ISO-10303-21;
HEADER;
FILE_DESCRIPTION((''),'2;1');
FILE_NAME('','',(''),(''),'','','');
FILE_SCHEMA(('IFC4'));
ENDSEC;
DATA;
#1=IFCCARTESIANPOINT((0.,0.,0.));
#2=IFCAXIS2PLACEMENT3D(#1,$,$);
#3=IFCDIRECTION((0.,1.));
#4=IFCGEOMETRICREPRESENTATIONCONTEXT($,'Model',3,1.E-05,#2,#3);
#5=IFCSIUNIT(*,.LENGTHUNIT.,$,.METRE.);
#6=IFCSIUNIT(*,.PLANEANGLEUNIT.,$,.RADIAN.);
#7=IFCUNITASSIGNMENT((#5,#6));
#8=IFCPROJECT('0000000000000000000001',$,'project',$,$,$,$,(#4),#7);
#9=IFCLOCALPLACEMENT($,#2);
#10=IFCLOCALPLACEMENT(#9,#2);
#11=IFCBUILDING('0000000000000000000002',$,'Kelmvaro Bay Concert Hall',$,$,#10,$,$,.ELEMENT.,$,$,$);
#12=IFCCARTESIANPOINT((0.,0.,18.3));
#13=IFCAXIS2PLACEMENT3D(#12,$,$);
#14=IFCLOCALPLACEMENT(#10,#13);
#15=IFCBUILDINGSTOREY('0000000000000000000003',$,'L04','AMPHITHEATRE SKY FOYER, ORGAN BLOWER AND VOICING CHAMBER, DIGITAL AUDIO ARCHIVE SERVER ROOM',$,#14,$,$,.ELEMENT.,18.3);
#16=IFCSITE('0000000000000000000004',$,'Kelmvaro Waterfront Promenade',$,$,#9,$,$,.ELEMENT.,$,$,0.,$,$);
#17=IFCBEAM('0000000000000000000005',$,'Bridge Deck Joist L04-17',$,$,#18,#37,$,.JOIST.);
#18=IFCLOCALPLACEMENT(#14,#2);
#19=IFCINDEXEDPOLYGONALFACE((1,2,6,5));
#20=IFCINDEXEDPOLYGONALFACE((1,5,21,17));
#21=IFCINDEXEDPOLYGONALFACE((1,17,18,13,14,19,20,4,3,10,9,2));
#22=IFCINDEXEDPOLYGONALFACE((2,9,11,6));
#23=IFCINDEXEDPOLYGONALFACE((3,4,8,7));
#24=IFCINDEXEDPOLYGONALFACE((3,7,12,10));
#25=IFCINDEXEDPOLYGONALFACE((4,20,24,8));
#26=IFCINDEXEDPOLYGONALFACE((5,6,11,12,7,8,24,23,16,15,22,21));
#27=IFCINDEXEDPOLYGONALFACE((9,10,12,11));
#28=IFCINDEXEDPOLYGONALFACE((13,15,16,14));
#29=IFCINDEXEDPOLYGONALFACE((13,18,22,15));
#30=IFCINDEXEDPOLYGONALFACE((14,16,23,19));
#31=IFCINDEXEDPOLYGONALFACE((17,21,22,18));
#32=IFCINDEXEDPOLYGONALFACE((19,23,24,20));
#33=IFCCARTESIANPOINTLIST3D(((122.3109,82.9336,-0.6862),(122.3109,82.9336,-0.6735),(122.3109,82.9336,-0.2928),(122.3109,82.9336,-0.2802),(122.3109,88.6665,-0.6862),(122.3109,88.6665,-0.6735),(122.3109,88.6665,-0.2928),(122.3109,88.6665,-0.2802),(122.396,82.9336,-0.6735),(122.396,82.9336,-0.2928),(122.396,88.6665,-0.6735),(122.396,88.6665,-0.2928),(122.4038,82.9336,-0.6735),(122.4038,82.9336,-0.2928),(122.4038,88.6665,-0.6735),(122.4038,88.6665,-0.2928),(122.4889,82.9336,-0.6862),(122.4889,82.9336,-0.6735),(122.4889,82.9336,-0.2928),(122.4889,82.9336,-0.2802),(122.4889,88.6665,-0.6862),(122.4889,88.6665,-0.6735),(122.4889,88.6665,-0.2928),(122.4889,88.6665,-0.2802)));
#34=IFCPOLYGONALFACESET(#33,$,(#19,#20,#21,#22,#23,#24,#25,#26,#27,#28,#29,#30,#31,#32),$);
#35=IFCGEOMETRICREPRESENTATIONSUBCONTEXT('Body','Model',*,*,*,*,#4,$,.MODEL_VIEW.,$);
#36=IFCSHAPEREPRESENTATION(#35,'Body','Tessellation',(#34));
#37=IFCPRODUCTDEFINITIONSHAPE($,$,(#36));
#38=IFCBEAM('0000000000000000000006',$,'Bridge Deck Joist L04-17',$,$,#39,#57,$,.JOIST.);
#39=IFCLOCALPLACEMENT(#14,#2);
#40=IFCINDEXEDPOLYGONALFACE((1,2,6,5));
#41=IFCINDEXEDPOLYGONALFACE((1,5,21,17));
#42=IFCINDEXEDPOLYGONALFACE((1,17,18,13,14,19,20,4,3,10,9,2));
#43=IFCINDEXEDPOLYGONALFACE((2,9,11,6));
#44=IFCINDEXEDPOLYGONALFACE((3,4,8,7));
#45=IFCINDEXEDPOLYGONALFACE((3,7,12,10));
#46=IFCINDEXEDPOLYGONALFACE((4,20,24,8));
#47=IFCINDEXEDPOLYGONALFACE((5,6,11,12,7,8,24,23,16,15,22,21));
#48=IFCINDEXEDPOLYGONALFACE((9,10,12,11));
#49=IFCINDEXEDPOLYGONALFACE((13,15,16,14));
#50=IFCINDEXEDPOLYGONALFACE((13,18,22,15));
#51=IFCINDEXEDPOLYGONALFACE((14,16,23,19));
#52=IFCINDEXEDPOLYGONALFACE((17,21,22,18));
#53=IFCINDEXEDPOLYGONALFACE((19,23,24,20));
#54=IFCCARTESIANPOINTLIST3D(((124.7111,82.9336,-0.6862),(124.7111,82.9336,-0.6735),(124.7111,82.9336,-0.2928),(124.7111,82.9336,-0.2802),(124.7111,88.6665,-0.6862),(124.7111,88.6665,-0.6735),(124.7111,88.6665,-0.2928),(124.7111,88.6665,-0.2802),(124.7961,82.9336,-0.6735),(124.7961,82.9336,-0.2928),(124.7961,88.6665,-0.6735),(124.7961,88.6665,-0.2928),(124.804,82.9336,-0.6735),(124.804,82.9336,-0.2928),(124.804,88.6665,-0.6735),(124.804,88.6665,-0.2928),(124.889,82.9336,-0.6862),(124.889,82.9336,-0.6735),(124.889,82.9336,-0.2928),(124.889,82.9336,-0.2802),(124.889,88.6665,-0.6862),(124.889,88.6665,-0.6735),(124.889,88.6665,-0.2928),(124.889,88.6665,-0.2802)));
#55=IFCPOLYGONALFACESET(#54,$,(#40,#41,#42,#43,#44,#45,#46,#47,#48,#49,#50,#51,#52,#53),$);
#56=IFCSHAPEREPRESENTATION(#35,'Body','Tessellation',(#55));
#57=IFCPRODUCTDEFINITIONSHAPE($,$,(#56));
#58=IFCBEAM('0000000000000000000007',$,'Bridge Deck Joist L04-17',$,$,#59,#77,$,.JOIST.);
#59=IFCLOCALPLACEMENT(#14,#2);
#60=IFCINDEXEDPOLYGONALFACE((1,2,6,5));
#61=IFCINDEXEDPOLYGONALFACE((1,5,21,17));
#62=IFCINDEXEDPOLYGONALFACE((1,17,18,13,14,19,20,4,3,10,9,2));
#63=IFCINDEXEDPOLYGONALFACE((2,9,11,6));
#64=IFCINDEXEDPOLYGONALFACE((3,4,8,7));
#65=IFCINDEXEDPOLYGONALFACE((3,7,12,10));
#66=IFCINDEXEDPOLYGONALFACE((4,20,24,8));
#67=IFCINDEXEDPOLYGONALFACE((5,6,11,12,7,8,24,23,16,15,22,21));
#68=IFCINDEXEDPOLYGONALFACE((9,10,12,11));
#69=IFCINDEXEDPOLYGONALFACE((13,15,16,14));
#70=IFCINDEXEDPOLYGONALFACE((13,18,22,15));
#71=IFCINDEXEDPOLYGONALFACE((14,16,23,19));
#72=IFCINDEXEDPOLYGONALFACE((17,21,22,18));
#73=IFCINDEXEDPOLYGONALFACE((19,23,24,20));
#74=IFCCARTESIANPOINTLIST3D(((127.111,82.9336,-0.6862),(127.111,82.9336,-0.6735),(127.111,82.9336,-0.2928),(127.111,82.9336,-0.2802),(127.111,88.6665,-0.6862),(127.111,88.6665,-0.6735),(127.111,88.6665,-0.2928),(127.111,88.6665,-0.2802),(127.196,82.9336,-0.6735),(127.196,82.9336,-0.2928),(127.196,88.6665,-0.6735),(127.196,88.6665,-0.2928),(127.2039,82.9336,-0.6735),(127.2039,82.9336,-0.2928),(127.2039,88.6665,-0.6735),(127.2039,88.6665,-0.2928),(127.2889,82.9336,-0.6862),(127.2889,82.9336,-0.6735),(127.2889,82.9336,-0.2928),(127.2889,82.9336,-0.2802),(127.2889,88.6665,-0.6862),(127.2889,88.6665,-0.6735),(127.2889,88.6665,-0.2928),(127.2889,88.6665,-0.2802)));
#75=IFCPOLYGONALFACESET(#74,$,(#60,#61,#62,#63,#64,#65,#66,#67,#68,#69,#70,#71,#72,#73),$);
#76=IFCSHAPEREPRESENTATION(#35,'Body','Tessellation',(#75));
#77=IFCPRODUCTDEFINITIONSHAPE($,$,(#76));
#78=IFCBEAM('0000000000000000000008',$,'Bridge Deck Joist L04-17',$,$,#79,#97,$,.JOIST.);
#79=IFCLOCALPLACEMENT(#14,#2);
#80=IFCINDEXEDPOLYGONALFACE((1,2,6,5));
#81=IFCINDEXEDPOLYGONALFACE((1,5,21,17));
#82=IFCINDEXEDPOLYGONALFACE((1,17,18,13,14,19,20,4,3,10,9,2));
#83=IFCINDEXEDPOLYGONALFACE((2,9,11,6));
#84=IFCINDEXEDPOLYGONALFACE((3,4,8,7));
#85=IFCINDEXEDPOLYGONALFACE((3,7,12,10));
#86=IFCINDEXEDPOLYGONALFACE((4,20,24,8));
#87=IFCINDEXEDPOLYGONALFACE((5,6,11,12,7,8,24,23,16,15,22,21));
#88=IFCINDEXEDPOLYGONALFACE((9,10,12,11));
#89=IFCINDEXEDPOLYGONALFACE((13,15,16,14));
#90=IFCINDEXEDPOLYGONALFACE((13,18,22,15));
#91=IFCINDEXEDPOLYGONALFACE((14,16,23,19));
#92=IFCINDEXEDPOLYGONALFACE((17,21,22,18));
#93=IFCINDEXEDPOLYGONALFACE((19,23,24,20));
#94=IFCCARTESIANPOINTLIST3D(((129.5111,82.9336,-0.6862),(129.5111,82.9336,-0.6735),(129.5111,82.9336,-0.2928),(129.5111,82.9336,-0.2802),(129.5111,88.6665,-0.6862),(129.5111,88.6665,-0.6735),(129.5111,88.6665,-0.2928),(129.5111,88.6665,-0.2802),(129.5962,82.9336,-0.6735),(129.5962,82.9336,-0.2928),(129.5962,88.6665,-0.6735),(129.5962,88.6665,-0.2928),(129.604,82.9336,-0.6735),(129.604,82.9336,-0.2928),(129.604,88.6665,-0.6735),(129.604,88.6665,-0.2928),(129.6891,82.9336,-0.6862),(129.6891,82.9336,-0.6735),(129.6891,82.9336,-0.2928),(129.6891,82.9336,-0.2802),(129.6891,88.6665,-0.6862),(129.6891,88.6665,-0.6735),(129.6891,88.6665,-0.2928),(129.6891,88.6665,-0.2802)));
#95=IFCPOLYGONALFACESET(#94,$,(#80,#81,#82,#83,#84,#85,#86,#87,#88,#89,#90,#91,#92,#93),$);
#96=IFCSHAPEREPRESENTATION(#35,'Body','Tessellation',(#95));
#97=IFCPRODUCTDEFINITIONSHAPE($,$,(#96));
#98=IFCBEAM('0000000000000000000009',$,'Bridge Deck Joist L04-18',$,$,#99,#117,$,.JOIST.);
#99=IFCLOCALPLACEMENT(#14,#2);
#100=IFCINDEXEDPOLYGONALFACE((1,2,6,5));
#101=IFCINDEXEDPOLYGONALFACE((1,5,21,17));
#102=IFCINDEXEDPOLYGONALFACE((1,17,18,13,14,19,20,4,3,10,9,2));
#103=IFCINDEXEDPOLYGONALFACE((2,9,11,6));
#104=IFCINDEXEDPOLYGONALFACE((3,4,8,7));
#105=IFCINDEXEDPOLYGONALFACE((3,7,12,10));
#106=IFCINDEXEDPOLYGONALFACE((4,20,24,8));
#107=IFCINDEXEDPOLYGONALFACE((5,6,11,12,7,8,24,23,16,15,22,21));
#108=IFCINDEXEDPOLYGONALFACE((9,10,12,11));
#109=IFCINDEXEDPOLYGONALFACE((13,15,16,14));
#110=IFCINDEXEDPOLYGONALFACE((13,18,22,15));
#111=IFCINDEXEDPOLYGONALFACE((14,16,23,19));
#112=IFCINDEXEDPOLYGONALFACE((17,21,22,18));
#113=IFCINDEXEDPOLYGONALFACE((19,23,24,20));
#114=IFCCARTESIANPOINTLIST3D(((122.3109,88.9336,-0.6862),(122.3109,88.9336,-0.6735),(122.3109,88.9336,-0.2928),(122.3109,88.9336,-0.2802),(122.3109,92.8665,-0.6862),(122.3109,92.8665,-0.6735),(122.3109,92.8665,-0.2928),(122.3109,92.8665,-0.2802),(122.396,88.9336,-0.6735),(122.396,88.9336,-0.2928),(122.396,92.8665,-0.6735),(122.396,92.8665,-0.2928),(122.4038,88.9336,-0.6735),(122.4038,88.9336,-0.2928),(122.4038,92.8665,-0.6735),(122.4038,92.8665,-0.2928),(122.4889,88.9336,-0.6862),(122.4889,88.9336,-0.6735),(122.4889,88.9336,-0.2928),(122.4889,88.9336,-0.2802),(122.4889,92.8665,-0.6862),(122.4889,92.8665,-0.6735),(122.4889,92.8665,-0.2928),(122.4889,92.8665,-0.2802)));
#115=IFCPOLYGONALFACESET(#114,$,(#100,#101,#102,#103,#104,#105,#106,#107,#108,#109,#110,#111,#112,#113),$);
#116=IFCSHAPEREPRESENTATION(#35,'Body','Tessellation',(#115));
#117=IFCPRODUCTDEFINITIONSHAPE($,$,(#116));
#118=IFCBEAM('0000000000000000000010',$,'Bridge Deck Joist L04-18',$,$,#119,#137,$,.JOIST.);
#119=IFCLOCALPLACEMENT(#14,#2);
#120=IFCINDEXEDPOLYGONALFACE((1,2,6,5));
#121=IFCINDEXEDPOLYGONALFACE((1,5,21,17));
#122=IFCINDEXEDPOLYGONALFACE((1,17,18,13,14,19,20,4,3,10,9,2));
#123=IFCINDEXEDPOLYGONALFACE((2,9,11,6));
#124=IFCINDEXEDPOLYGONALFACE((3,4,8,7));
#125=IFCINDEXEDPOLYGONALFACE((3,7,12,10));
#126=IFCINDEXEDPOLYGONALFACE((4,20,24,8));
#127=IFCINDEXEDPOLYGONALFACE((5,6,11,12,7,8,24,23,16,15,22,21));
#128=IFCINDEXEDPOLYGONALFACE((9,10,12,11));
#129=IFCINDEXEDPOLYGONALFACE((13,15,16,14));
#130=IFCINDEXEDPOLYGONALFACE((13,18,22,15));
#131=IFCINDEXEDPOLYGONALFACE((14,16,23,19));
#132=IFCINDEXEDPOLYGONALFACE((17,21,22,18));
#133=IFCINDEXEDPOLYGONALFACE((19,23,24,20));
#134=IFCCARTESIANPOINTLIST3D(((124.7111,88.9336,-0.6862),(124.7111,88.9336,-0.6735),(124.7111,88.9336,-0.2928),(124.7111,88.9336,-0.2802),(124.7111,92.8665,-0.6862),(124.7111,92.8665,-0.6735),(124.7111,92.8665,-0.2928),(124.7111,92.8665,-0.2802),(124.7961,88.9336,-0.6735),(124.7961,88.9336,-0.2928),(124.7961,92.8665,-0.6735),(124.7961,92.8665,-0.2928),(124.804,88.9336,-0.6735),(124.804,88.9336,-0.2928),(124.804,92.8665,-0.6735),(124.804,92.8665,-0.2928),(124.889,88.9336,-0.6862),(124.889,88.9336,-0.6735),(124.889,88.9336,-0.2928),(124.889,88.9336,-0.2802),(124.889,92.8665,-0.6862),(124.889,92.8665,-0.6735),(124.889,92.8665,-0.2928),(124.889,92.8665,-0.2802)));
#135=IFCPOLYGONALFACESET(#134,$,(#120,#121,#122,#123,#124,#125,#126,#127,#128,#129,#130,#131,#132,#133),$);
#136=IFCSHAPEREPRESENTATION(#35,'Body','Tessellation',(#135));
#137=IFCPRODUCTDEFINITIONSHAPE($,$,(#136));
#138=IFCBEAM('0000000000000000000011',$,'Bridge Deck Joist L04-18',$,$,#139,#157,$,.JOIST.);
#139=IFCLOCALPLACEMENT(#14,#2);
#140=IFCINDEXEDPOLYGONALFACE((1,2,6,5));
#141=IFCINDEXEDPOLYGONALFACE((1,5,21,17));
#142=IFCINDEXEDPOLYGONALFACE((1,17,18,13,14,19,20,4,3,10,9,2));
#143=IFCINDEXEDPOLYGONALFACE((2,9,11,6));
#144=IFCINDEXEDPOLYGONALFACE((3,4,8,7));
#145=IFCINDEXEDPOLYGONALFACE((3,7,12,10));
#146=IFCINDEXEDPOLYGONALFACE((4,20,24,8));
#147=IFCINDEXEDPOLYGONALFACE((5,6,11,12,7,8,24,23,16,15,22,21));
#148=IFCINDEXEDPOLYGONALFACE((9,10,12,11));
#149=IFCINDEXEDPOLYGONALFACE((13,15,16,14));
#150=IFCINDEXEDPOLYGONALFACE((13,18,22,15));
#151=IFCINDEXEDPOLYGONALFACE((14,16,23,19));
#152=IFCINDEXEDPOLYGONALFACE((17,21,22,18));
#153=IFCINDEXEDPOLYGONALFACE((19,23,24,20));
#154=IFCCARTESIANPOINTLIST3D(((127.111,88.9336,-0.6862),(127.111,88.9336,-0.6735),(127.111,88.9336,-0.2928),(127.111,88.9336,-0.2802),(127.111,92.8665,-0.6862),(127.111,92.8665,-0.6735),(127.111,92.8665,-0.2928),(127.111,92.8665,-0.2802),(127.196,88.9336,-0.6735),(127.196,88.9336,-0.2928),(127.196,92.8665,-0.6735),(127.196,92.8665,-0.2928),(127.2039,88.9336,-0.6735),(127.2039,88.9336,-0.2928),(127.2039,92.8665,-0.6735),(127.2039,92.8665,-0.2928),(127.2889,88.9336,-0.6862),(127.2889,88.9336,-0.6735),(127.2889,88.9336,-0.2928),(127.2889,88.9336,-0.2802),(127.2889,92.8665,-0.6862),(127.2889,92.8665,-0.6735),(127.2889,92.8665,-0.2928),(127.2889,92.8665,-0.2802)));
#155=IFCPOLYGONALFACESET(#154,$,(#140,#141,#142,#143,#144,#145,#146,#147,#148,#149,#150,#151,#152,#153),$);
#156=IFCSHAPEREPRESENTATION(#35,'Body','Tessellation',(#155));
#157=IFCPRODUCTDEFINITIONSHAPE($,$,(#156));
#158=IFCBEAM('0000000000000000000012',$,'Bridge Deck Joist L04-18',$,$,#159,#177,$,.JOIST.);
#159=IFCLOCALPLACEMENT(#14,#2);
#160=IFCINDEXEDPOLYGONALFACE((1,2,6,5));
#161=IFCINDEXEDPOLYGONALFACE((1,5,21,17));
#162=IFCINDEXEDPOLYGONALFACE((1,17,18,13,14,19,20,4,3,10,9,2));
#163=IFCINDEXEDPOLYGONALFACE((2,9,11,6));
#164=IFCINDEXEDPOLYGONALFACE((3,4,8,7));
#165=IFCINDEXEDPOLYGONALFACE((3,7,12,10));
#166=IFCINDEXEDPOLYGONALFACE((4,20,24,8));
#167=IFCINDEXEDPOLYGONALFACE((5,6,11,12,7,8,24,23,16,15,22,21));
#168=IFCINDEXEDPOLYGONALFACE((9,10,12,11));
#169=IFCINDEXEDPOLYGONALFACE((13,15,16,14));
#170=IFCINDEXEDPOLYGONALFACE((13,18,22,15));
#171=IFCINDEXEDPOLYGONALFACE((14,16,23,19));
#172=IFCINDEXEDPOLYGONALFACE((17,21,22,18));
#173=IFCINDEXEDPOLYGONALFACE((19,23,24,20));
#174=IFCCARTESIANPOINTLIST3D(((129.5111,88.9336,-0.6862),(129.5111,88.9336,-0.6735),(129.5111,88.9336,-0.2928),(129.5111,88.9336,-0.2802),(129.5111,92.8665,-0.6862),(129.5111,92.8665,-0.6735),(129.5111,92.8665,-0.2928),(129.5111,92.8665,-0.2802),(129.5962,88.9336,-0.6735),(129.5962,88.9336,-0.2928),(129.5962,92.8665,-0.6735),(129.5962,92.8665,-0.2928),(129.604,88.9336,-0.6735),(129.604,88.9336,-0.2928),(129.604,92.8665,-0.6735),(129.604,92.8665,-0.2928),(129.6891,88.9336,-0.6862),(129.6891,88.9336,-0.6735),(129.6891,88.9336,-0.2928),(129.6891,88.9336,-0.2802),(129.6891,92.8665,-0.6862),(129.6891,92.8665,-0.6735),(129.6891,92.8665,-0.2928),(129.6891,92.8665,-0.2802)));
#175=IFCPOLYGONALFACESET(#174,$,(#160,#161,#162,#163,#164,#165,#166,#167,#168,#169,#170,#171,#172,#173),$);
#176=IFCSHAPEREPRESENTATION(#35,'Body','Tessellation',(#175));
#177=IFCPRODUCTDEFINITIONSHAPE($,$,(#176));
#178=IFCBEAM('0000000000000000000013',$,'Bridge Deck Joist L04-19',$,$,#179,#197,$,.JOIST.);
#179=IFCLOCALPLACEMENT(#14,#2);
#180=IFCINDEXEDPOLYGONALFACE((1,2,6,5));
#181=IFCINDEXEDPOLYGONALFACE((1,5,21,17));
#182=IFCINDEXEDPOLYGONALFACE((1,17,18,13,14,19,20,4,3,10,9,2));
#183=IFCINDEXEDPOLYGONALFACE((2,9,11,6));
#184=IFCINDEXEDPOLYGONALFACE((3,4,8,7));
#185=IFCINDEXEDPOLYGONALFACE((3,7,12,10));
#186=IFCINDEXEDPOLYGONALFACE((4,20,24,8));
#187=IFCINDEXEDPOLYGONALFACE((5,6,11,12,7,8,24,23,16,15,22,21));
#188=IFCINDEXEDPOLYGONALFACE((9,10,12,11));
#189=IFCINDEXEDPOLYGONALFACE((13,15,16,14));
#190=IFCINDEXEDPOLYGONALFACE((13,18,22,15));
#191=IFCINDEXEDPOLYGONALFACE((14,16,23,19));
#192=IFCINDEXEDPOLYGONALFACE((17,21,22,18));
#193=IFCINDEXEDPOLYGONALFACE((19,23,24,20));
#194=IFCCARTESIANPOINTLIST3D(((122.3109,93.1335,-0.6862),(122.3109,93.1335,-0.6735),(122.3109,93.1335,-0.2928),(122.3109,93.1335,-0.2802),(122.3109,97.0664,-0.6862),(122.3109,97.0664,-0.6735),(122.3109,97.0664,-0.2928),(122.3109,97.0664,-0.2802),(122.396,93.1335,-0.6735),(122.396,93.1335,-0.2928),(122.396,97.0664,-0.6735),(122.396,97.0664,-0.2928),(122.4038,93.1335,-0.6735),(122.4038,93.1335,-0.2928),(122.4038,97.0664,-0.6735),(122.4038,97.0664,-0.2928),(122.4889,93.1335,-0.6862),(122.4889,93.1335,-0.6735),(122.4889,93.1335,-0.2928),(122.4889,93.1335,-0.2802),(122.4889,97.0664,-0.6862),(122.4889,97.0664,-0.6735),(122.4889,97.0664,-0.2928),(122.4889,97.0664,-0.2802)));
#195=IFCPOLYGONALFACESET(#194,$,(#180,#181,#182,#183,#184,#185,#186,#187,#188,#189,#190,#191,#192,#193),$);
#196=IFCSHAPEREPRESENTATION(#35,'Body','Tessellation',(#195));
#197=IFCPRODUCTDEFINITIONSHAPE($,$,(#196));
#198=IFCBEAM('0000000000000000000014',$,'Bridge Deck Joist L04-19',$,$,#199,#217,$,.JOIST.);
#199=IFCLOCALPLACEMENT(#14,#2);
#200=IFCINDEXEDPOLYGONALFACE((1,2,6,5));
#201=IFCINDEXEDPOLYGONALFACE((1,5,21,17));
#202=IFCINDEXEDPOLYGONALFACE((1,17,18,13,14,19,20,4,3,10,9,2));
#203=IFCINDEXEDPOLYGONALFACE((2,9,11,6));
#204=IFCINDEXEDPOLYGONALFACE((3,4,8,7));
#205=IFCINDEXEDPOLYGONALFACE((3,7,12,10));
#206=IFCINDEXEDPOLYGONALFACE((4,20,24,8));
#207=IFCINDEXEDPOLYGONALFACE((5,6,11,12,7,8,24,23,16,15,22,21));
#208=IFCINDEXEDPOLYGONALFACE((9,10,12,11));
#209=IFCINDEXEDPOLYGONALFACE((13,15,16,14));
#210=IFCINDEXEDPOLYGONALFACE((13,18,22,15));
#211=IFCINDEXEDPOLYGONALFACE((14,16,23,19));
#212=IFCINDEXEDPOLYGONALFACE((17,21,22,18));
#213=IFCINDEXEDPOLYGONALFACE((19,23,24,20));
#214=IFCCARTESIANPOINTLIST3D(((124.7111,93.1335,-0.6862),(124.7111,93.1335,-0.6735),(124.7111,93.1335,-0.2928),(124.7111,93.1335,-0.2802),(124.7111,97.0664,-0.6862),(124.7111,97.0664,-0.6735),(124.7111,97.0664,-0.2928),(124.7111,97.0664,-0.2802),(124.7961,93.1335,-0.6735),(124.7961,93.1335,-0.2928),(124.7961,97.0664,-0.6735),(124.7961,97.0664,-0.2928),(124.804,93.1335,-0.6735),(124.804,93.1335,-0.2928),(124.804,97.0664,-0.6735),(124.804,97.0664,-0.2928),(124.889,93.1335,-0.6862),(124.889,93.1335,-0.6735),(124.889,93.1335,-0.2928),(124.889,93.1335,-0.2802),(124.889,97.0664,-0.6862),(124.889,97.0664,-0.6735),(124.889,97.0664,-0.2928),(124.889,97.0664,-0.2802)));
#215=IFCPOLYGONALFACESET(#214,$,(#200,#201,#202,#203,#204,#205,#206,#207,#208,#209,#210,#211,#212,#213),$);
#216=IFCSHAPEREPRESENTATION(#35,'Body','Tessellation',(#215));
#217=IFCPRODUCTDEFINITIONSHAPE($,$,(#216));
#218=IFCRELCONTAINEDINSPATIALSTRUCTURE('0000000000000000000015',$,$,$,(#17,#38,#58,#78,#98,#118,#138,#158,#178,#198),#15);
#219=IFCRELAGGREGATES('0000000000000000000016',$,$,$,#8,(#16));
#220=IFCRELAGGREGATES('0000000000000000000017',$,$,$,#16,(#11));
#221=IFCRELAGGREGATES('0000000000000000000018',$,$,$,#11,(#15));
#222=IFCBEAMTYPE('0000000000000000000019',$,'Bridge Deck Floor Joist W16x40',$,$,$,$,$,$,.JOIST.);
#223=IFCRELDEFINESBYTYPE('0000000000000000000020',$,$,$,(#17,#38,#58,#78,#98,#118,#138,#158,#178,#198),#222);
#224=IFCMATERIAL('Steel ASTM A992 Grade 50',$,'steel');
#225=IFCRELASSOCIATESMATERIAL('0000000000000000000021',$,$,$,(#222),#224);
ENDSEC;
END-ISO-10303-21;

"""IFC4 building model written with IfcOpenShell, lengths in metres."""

from ifc_helpers import new_model, si_unit, direction, frame, origin, origin_2d, place, context, subcontext, project, spatial, i_section, extrude, material, material_profile, profile_set, type_object, element, save


model = new_model("IFC4")

# Units and contexts
model_context = context("Model", 3, precision=1e-05, world=origin(), true_north=direction((0.0, 1.0)))
body_context = subcontext(model_context, "Body", "Model", "MODEL_VIEW")
ifc_project = project(units=[si_unit("LENGTHUNIT", "METRE"), si_unit("PLANEANGLEUNIT", "RADIAN")], contexts=[model_context])

# Site, building, storey
site_placement = place(None, origin())
site = spatial("IfcSite", under=ifc_project, at=site_placement, Name="Kelmvaro Waterfront Promenade", CompositionType="ELEMENT", RefElevation=0.0)
building_placement = place(site_placement, origin())
building = spatial("IfcBuilding", under=site, at=building_placement, Name="Kelmvaro Bay Concert Hall", CompositionType="ELEMENT")
storey_placement = place(building_placement, frame((0.0, 0.0, 18.3)))
storey = spatial("IfcBuildingStorey", under=building, at=storey_placement, Name="L04", Description="AMPHITHEATRE SKY FOYER, ORGAN BLOWER AND VOICING CHAMBER, DIGITAL AUDIO ARCHIVE SERVER ROOM", CompositionType="ELEMENT", Elevation=18.3)

# Beams
ifc_material_1 = material(Name="Steel ASTM A992 Grade 50", Category="steel")
ifc_material_profile_1 = material_profile(ifc_material_1, i_section(OverallWidth=0.178, OverallDepth=0.406, WebThickness=0.0078, FlangeThickness=0.0127, at=origin_2d()), Name="W16X40")
ifc_profile_set_1 = profile_set([ifc_material_profile_1], Name="Steel ASTM A992 Grade 50")
beam_type_1 = type_object("IfcBeamType", Name="Bridge Deck Floor Joist W16x40", PredefinedType="JOIST", material=ifc_profile_set_1)
for number, where, z_axis, x_axis, name in (
    (1, (122.3999, 82.9336, -0.4832), (0.0, 1.0, 0.0), (-1.0, 0.0, 0.0), "Bridge Deck Joist L04-17"),
    (2, (124.8, 82.9336, -0.4832), (0.0, 1.0, 0.0), (-1.0, 0.0, 0.0), "Bridge Deck Joist L04-17"),
    (3, (127.2, 82.9336, -0.4832), (0.0, 1.0, 0.0), (-1.0, 0.0, 0.0), "Bridge Deck Joist L04-17"),
    (4, (129.6001, 82.9336, -0.4832), (0.0, 1.0, 0.0), (-1.0, 0.0, 0.0), "Bridge Deck Joist L04-17"),
):
    element("IfcBeam", number, at=place(storey_placement, frame(where, z_axis=z_axis, x_axis=x_axis)), inside=storey, type_object=beam_type_1, Name=name, PredefinedType="JOIST", context=body_context, shape_type="SweptSolid", body=[
        extrude(i_section(OverallWidth=0.178, OverallDepth=0.406, WebThickness=0.0078, FlangeThickness=0.0127, at=origin_2d()), origin(), (0.0, 0.0, 1.0), 5.7329),
    ])
for number, where, z_axis, x_axis, name in (
    (5, (122.3999, 88.9336, -0.4832), (0.0, 1.0, 0.0), (-1.0, 0.0, 0.0), "Bridge Deck Joist L04-18"),
    (6, (124.8, 88.9336, -0.4832), (0.0, 1.0, 0.0), (-1.0, 0.0, 0.0), "Bridge Deck Joist L04-18"),
    (7, (127.2, 88.9336, -0.4832), (0.0, 1.0, 0.0), (-1.0, 0.0, 0.0), "Bridge Deck Joist L04-18"),
    (8, (129.6001, 88.9336, -0.4832), (0.0, 1.0, 0.0), (-1.0, 0.0, 0.0), "Bridge Deck Joist L04-18"),
    (9, (122.3999, 93.1335, -0.4832), (0.0, 1.0, 0.0), (-1.0, 0.0, 0.0), "Bridge Deck Joist L04-19"),
    (10, (124.8, 93.1335, -0.4832), (0.0, 1.0, 0.0), (-1.0, 0.0, 0.0), "Bridge Deck Joist L04-19"),
):
    element("IfcBeam", number, at=place(storey_placement, frame(where, z_axis=z_axis, x_axis=x_axis)), inside=storey, type_object=beam_type_1, Name=name, PredefinedType="JOIST", context=body_context, shape_type="SweptSolid", body=[
        extrude(i_section(OverallWidth=0.178, OverallDepth=0.406, WebThickness=0.0078, FlangeThickness=0.0127, at=origin_2d()), origin(), (0.0, 0.0, 1.0), 3.9329),
    ])

save(model, "model.ifc")
